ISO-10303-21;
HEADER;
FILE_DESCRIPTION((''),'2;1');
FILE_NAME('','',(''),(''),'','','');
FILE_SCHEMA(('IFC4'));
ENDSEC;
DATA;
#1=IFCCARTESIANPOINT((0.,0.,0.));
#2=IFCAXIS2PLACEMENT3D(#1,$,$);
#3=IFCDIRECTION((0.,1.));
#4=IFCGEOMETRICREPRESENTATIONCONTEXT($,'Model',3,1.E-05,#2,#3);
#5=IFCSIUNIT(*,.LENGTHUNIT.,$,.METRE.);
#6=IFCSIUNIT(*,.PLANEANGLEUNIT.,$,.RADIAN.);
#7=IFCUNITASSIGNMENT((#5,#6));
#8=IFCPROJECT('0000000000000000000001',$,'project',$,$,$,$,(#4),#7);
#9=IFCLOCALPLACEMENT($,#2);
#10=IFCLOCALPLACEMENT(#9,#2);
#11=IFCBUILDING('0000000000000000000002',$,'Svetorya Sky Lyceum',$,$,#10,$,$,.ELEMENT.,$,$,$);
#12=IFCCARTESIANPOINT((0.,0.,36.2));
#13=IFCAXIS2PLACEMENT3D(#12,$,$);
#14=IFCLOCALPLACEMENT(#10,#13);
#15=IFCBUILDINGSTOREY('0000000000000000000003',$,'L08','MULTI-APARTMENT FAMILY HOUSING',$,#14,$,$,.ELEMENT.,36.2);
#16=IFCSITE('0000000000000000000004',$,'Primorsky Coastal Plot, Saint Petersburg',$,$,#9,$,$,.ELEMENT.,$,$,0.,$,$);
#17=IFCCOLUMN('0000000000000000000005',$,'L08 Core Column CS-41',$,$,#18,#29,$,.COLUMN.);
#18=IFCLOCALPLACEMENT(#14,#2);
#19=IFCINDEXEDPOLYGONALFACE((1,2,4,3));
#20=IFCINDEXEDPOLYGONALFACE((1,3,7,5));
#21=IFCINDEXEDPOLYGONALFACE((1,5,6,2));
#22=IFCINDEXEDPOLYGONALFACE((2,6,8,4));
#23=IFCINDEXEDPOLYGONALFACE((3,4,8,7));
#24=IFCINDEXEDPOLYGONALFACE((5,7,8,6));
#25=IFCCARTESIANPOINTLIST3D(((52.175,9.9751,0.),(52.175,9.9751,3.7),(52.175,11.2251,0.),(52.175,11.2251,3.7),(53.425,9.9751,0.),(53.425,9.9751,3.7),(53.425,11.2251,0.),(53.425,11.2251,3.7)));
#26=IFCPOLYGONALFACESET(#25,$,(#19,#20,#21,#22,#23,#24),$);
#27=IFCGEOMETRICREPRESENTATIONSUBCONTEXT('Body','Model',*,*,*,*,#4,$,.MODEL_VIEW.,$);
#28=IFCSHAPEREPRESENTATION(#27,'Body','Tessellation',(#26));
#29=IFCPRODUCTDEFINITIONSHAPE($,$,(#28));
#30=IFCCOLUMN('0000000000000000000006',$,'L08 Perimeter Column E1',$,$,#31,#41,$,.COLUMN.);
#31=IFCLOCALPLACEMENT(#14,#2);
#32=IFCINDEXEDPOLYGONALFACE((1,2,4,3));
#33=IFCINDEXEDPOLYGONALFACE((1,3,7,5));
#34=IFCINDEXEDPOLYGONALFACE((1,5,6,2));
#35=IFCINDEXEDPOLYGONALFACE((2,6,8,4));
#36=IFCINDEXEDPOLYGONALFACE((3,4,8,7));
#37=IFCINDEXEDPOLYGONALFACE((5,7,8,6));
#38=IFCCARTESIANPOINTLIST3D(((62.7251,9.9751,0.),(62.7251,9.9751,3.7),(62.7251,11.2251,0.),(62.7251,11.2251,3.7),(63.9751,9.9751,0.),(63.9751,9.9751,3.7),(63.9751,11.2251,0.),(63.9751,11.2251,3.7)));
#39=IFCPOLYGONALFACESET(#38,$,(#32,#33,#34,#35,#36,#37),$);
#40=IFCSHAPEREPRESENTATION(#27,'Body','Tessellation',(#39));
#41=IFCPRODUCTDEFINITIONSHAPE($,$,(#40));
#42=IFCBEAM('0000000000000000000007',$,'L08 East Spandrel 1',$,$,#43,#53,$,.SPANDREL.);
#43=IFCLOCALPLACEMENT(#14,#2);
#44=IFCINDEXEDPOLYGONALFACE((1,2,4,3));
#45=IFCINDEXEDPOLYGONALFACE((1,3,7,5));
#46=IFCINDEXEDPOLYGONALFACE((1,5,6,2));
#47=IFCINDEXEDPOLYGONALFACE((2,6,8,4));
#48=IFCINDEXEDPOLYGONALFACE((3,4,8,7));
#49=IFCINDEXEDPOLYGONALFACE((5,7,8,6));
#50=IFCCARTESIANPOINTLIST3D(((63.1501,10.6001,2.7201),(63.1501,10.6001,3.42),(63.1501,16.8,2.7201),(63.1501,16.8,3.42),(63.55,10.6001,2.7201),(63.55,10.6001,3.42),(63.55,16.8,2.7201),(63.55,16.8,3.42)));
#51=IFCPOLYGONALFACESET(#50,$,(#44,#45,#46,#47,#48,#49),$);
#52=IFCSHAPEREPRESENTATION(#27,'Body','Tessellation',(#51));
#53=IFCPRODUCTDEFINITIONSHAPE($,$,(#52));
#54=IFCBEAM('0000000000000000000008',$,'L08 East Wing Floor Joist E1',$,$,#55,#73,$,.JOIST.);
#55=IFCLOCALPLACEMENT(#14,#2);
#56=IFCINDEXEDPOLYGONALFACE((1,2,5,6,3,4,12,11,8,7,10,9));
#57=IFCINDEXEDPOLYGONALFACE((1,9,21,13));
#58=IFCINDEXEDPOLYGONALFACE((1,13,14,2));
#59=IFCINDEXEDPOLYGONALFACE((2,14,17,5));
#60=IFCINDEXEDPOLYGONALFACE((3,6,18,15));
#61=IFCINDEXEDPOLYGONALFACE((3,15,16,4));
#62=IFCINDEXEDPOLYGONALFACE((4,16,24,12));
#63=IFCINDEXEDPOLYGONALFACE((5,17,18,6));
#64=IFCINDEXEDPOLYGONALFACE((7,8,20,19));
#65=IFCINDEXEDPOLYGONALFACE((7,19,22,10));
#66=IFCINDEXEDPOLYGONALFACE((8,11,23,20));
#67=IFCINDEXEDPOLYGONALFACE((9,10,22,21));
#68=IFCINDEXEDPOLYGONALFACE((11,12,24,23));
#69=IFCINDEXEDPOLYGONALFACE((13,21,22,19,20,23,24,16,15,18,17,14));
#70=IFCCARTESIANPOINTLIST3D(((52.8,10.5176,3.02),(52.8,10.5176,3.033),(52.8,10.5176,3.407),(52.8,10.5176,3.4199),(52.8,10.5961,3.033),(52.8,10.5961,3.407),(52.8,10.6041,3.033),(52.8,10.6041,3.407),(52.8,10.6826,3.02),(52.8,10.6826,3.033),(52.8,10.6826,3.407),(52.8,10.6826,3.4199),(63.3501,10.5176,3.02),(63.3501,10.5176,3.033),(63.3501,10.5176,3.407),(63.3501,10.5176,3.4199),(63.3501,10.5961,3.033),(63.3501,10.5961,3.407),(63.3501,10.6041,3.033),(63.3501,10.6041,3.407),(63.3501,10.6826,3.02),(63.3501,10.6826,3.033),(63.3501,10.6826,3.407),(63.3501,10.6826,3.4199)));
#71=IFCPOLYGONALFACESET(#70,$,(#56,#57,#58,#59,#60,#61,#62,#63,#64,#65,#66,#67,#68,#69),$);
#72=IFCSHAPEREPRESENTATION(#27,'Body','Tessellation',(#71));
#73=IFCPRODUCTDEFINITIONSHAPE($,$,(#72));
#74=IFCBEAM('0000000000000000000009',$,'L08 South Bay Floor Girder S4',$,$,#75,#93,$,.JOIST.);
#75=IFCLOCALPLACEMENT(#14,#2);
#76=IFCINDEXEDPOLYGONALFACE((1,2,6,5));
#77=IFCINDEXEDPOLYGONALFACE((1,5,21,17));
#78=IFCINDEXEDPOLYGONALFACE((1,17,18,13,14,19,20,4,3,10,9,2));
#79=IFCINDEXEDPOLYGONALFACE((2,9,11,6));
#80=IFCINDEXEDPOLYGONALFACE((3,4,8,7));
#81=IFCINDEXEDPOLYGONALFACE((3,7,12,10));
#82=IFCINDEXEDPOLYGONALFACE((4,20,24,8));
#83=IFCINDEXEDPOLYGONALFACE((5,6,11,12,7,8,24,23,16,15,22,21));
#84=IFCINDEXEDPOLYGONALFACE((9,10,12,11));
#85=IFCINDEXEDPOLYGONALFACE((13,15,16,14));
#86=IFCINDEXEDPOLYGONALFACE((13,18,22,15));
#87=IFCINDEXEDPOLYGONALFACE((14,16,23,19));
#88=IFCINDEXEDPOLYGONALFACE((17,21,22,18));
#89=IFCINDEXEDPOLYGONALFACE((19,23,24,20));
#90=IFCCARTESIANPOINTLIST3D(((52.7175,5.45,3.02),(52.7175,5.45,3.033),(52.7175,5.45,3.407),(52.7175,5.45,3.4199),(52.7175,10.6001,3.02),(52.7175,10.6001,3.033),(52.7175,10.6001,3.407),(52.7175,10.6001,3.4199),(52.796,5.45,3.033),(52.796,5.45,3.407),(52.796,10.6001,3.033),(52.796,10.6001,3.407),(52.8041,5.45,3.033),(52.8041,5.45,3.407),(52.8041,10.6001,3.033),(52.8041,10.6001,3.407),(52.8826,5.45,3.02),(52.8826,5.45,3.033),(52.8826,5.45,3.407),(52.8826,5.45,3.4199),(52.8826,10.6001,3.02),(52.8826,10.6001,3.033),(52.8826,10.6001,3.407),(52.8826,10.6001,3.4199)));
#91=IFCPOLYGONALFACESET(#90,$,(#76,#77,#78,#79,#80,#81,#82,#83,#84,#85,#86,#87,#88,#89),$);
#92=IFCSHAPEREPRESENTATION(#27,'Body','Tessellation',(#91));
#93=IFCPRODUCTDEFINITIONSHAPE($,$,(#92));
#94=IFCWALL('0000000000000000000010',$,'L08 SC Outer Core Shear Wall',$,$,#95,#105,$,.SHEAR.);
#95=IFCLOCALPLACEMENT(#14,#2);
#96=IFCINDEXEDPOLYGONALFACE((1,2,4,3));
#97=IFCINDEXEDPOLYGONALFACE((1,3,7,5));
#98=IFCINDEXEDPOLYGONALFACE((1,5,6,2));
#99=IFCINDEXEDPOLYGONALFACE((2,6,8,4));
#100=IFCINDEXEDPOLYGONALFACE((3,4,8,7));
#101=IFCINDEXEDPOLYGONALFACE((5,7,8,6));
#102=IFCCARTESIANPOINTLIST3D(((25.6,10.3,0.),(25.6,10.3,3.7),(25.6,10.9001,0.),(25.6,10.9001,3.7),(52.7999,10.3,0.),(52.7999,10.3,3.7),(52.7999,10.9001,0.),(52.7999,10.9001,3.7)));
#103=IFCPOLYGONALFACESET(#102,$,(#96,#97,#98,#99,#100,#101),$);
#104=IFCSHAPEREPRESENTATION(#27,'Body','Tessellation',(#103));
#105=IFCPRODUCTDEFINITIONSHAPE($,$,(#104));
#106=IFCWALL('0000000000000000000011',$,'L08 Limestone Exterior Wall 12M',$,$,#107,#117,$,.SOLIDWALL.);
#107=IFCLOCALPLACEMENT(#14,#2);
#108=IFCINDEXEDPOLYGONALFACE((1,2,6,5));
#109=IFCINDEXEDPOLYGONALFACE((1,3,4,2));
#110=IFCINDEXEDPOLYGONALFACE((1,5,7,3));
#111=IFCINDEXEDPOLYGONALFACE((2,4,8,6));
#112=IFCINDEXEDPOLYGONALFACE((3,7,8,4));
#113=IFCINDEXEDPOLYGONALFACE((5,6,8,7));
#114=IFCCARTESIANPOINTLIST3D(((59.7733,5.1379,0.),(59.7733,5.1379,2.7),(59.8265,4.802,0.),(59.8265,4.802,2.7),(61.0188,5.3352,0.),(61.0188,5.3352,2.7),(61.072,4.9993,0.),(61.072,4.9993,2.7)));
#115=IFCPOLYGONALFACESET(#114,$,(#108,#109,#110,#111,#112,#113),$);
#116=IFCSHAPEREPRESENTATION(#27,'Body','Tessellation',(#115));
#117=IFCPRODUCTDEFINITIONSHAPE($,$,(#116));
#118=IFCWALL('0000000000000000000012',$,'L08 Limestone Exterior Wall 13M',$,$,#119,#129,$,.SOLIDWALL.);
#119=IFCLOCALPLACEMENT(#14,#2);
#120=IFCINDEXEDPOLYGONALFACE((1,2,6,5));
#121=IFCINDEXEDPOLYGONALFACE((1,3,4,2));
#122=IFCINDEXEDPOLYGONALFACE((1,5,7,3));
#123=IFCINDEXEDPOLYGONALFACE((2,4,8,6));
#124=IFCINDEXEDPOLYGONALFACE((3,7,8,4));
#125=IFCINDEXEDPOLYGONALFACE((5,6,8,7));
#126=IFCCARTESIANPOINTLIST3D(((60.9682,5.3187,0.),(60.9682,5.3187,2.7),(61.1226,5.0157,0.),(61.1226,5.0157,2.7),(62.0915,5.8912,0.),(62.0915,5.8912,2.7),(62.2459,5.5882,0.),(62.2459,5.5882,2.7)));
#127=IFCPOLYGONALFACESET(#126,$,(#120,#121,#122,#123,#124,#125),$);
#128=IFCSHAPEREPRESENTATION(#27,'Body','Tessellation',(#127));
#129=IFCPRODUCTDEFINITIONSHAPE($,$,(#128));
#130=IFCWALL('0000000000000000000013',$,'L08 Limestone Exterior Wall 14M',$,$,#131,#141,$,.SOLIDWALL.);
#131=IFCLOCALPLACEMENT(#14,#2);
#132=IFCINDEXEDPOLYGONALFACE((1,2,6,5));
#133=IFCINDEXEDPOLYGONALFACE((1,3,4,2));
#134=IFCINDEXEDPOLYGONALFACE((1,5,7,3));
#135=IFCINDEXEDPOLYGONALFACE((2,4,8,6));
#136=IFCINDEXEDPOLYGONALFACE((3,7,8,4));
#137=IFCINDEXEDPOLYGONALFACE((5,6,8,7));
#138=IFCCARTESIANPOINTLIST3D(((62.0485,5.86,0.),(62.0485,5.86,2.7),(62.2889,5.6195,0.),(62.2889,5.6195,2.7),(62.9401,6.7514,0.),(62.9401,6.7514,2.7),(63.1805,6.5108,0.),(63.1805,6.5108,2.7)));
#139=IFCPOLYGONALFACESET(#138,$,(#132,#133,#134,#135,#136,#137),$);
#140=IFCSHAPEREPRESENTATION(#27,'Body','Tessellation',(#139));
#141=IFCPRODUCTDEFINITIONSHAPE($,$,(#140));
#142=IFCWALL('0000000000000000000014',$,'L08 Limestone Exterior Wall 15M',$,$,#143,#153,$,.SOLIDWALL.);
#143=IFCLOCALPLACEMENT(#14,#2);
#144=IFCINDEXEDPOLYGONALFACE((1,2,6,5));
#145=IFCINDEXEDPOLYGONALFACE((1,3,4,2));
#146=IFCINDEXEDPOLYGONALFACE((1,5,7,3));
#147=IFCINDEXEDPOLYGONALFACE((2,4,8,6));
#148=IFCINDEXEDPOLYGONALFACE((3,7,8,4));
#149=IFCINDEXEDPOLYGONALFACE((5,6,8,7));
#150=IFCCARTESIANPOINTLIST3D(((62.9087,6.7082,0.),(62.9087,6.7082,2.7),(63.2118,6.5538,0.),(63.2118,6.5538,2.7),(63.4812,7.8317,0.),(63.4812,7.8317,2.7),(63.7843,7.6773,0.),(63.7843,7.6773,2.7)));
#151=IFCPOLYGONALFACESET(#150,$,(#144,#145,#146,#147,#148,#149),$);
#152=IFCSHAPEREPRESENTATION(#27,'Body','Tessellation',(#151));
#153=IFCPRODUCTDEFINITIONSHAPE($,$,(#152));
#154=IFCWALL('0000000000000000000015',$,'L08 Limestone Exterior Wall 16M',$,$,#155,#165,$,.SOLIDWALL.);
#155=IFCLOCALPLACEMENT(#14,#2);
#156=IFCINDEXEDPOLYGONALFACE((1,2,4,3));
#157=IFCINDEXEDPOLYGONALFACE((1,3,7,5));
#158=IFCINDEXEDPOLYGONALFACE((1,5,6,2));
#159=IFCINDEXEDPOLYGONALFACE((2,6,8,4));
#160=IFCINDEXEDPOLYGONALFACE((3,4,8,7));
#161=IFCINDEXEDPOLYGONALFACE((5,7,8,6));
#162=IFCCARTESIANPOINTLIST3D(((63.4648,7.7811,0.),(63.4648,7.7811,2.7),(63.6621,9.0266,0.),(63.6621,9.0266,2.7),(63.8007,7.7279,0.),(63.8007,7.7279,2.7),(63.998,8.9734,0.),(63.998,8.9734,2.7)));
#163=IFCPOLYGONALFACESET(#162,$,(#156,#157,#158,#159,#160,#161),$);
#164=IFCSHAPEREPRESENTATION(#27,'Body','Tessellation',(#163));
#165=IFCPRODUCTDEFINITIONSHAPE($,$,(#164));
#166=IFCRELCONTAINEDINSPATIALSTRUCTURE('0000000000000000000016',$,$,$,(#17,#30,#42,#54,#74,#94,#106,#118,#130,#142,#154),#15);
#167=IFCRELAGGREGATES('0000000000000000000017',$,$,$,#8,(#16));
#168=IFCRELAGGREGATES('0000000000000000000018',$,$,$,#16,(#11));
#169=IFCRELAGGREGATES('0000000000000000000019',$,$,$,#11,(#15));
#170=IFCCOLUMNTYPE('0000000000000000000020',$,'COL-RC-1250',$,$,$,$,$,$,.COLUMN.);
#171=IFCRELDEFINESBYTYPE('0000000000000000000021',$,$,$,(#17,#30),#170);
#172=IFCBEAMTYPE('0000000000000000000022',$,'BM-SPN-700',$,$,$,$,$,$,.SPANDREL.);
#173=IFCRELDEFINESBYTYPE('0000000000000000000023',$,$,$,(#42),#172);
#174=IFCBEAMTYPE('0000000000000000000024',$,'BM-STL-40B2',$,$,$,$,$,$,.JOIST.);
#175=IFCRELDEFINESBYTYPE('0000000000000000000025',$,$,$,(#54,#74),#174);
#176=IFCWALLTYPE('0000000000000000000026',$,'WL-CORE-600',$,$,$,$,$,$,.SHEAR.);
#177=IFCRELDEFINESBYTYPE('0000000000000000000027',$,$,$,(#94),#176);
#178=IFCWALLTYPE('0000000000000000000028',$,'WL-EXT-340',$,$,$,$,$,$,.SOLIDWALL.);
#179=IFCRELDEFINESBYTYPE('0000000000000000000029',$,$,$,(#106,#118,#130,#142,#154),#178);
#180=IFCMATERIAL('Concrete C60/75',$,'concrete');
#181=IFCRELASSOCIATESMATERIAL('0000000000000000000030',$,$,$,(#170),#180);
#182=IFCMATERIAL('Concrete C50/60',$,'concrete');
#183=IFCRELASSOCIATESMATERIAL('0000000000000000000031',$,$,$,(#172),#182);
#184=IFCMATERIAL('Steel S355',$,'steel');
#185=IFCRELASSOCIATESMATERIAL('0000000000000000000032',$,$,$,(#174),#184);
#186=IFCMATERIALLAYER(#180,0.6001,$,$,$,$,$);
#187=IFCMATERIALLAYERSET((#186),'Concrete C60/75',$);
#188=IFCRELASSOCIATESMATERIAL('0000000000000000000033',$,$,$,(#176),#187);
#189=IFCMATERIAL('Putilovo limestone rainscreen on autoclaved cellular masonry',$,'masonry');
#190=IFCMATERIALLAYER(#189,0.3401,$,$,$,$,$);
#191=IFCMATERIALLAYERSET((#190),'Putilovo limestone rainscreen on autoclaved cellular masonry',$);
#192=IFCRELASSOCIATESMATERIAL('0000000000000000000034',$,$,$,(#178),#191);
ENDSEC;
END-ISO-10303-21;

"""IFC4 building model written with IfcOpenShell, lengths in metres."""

from ifc_helpers import new_model, si_unit, direction, frame, frame_2d, origin, origin_2d, place, context, subcontext, project, spatial, rectangle, i_section, extrude, material, layer, layer_set, material_profile, profile_set, type_object, element, save


model = new_model("IFC4")

# Units and contexts
model_context = context("Model", 3, precision=1e-05, world=origin(), true_north=direction((0.0, 1.0)))
body_context = subcontext(model_context, "Body", "Model", "MODEL_VIEW")
ifc_project = project(units=[si_unit("LENGTHUNIT", "METRE"), si_unit("PLANEANGLEUNIT", "RADIAN")], contexts=[model_context])

# Site, building, storey
site_placement = place(None, origin())
site = spatial("IfcSite", under=ifc_project, at=site_placement, Name="Primorsky Coastal Plot, Saint Petersburg", CompositionType="ELEMENT", RefElevation=0.0)
building_placement = place(site_placement, origin())
building = spatial("IfcBuilding", under=site, at=building_placement, Name="Svetorya Sky Lyceum", CompositionType="ELEMENT")
storey_placement = place(building_placement, frame((0.0, 0.0, 36.2)))
storey = spatial("IfcBuildingStorey", under=building, at=storey_placement, Name="L08", Description="MULTI-APARTMENT FAMILY HOUSING", CompositionType="ELEMENT", Elevation=36.2)

# Columns
ifc_material_1 = material(Name="Concrete C60/75", Category="concrete")
ifc_material_profile_1 = material_profile(ifc_material_1, rectangle(XDim=1.25, YDim=1.25, at=origin_2d()), Name="RC COL 1250x1250")
ifc_profile_set_1 = profile_set([ifc_material_profile_1], Name="Concrete C60/75")
column_type = type_object("IfcColumnType", Name="COL-RC-1250", PredefinedType="COLUMN", material=ifc_profile_set_1)
for number, where, z_axis, x_axis, name in (
    (1, (52.8, 10.6001, 0.0), (0.0, 0.0, 1.0), (1.0, 0.0, 0.0), "L08 Core Column CS-41"),
    (2, (63.3501, 10.6001, 0.0), (0.0, 0.0, 1.0), (1.0, 0.0, 0.0), "L08 Perimeter Column E1"),
):
    element("IfcColumn", number, at=place(storey_placement, frame(where, z_axis=z_axis, x_axis=x_axis)), inside=storey, type_object=column_type, Name=name, PredefinedType="COLUMN", context=body_context, shape_type="SweptSolid", body=[
        extrude(rectangle(XDim=1.25, YDim=1.25, at=origin_2d()), origin(), (0.0, 0.0, 1.0), 3.7),
    ])

# Beams
ifc_material_2 = material(Name="Concrete C50/60", Category="concrete")
ifc_material_profile_2 = material_profile(ifc_material_2, rectangle(XDim=0.3999, YDim=0.7, at=origin_2d()), Name="RC SPANDREL 400x700")
ifc_profile_set_2 = profile_set([ifc_material_profile_2], Name="Concrete C50/60")
beam_type_1 = type_object("IfcBeamType", Name="BM-SPN-700", PredefinedType="SPANDREL", material=ifc_profile_set_2)
beam_1_placement = place(storey_placement, frame((63.3501, 10.6001, 3.0701), z_axis=(0.0, 1.0, 0.0), x_axis=(-1.0, 0.0, 0.0)))
element("IfcBeam", 3, at=beam_1_placement, inside=storey, type_object=beam_type_1, Name="L08 East Spandrel 1", PredefinedType="SPANDREL", context=body_context, shape_type="SweptSolid", body=[
    extrude(rectangle(XDim=0.3999, YDim=0.7, at=origin_2d()), origin(), (0.0, 0.0, 1.0), 6.2),
])
ifc_material_3 = material(Name="Steel S355", Category="steel")
ifc_material_profile_3 = material_profile(ifc_material_3, i_section(OverallWidth=0.165, OverallDepth=0.3999, WebThickness=0.0081, FlangeThickness=0.0129, at=origin_2d()), Name="GOST 40B2")
ifc_profile_set_3 = profile_set([ifc_material_profile_3], Name="Steel S355")
beam_type_2 = type_object("IfcBeamType", Name="BM-STL-40B2", PredefinedType="JOIST", material=ifc_profile_set_3)
beam_2_placement = place(storey_placement, frame((52.8, 10.6001, 3.22), z_axis=(1.0, 0.0, 0.0), x_axis=(0.0, 1.0, 0.0)))
element("IfcBeam", 4, at=beam_2_placement, inside=storey, type_object=beam_type_2, Name="L08 East Wing Floor Joist E1", PredefinedType="JOIST", context=body_context, shape_type="SweptSolid", body=[
    extrude(i_section(OverallWidth=0.165, OverallDepth=0.3999, WebThickness=0.0081, FlangeThickness=0.0129, at=origin_2d()), origin(), (0.0, 0.0, 1.0), 10.55),
])
beam_3_placement = place(storey_placement, frame((52.8, 5.45, 3.22), z_axis=(0.0, 1.0, 0.0), x_axis=(-1.0, 0.0, 0.0)))
element("IfcBeam", 5, at=beam_3_placement, inside=storey, type_object=beam_type_2, Name="L08 South Bay Floor Girder S4", PredefinedType="JOIST", context=body_context, shape_type="SweptSolid", body=[
    extrude(i_section(OverallWidth=0.165, OverallDepth=0.3999, WebThickness=0.0081, FlangeThickness=0.0129, at=origin_2d()), origin(), (0.0, 0.0, 1.0), 5.1501),
])

# Walls
ifc_layer_1 = layer(ifc_material_1, 0.6001)
ifc_layer_set_1 = layer_set([ifc_layer_1], Name="Concrete C60/75")
wall_type_1 = type_object("IfcWallType", Name="WL-CORE-600", PredefinedType="SHEAR", material=ifc_layer_set_1)
wall_1_placement = place(storey_placement, frame((52.8, 10.6001, 0.0), z_axis=(0.0, 0.0, 1.0), x_axis=(-1.0, 0.0, 0.0)))
element("IfcWall", 6, at=wall_1_placement, inside=storey, type_object=wall_type_1, Name="L08 SC Outer Core Shear Wall", PredefinedType="SHEAR", context=body_context, shape_type="SweptSolid", body=[
    extrude(rectangle(XDim=27.2, YDim=0.6001, at=frame_2d((13.6001, 0.0))), origin(), (0.0, 0.0, 1.0), 3.7),
])
ifc_material_4 = material(Name="Putilovo limestone rainscreen on autoclaved cellular masonry", Category="masonry")
ifc_layer_2 = layer(ifc_material_4, 0.3401)
ifc_layer_set_2 = layer_set([ifc_layer_2], Name="Putilovo limestone rainscreen on autoclaved cellular masonry")
wall_type_2 = type_object("IfcWallType", Name="WL-EXT-340", PredefinedType="SOLIDWALL", material=ifc_layer_set_2)
wall_2_placement = place(storey_placement, frame((59.8, 4.97, 0.0), z_axis=(0.0, 0.0, 1.0), x_axis=(0.987686, 0.15645, 0.0)))
element("IfcWall", 7, at=wall_2_placement, inside=storey, type_object=wall_type_2, Name="L08 Limestone Exterior Wall 12M", PredefinedType="SOLIDWALL", context=body_context, shape_type="SweptSolid", body=[
    extrude(rectangle(XDim=1.261, YDim=0.3401, at=frame_2d((0.6304, 0.0))), origin(), (0.0, 0.0, 1.0), 2.7),
])
for number, where, z_axis, x_axis, name in (
    (8, (61.0454, 5.1672, 0.0), (0.0, 0.0, 1.0), (0.890954, 0.454094, 0.0), "L08 Limestone Exterior Wall 13M"),
    (9, (62.1687, 5.7397, 0.0), (0.0, 0.0, 1.0), (0.707204, 0.70701, 0.0), "L08 Limestone Exterior Wall 14M"),
):
    element("IfcWall", number, at=place(storey_placement, frame(where, z_axis=z_axis, x_axis=x_axis)), inside=storey, type_object=wall_type_2, Name=name, PredefinedType="SOLIDWALL", context=body_context, shape_type="SweptSolid", body=[
        extrude(rectangle(XDim=1.2607, YDim=0.3401, at=frame_2d((0.6304, 0.0))), origin(), (0.0, 0.0, 1.0), 2.7),
    ])
for number, where, z_axis, x_axis, name in (
    (10, (63.0603, 6.6311, 0.0), (0.0, 0.0, 1.0), (0.454016, 0.890994, 0.0), "L08 Limestone Exterior Wall 15M"),
    (11, (63.6328, 7.7546, 0.0), (0.0, 0.0, 1.0), (0.15645, 0.987686, 0.0), "L08 Limestone Exterior Wall 16M"),
):
    element("IfcWall", number, at=place(storey_placement, frame(where, z_axis=z_axis, x_axis=x_axis)), inside=storey, type_object=wall_type_2, Name=name, PredefinedType="SOLIDWALL", context=body_context, shape_type="SweptSolid", body=[
        extrude(rectangle(XDim=1.261, YDim=0.3401, at=frame_2d((0.6304, 0.0))), origin(), (0.0, 0.0, 1.0), 2.7),
    ])

save(model, "model.ifc")
